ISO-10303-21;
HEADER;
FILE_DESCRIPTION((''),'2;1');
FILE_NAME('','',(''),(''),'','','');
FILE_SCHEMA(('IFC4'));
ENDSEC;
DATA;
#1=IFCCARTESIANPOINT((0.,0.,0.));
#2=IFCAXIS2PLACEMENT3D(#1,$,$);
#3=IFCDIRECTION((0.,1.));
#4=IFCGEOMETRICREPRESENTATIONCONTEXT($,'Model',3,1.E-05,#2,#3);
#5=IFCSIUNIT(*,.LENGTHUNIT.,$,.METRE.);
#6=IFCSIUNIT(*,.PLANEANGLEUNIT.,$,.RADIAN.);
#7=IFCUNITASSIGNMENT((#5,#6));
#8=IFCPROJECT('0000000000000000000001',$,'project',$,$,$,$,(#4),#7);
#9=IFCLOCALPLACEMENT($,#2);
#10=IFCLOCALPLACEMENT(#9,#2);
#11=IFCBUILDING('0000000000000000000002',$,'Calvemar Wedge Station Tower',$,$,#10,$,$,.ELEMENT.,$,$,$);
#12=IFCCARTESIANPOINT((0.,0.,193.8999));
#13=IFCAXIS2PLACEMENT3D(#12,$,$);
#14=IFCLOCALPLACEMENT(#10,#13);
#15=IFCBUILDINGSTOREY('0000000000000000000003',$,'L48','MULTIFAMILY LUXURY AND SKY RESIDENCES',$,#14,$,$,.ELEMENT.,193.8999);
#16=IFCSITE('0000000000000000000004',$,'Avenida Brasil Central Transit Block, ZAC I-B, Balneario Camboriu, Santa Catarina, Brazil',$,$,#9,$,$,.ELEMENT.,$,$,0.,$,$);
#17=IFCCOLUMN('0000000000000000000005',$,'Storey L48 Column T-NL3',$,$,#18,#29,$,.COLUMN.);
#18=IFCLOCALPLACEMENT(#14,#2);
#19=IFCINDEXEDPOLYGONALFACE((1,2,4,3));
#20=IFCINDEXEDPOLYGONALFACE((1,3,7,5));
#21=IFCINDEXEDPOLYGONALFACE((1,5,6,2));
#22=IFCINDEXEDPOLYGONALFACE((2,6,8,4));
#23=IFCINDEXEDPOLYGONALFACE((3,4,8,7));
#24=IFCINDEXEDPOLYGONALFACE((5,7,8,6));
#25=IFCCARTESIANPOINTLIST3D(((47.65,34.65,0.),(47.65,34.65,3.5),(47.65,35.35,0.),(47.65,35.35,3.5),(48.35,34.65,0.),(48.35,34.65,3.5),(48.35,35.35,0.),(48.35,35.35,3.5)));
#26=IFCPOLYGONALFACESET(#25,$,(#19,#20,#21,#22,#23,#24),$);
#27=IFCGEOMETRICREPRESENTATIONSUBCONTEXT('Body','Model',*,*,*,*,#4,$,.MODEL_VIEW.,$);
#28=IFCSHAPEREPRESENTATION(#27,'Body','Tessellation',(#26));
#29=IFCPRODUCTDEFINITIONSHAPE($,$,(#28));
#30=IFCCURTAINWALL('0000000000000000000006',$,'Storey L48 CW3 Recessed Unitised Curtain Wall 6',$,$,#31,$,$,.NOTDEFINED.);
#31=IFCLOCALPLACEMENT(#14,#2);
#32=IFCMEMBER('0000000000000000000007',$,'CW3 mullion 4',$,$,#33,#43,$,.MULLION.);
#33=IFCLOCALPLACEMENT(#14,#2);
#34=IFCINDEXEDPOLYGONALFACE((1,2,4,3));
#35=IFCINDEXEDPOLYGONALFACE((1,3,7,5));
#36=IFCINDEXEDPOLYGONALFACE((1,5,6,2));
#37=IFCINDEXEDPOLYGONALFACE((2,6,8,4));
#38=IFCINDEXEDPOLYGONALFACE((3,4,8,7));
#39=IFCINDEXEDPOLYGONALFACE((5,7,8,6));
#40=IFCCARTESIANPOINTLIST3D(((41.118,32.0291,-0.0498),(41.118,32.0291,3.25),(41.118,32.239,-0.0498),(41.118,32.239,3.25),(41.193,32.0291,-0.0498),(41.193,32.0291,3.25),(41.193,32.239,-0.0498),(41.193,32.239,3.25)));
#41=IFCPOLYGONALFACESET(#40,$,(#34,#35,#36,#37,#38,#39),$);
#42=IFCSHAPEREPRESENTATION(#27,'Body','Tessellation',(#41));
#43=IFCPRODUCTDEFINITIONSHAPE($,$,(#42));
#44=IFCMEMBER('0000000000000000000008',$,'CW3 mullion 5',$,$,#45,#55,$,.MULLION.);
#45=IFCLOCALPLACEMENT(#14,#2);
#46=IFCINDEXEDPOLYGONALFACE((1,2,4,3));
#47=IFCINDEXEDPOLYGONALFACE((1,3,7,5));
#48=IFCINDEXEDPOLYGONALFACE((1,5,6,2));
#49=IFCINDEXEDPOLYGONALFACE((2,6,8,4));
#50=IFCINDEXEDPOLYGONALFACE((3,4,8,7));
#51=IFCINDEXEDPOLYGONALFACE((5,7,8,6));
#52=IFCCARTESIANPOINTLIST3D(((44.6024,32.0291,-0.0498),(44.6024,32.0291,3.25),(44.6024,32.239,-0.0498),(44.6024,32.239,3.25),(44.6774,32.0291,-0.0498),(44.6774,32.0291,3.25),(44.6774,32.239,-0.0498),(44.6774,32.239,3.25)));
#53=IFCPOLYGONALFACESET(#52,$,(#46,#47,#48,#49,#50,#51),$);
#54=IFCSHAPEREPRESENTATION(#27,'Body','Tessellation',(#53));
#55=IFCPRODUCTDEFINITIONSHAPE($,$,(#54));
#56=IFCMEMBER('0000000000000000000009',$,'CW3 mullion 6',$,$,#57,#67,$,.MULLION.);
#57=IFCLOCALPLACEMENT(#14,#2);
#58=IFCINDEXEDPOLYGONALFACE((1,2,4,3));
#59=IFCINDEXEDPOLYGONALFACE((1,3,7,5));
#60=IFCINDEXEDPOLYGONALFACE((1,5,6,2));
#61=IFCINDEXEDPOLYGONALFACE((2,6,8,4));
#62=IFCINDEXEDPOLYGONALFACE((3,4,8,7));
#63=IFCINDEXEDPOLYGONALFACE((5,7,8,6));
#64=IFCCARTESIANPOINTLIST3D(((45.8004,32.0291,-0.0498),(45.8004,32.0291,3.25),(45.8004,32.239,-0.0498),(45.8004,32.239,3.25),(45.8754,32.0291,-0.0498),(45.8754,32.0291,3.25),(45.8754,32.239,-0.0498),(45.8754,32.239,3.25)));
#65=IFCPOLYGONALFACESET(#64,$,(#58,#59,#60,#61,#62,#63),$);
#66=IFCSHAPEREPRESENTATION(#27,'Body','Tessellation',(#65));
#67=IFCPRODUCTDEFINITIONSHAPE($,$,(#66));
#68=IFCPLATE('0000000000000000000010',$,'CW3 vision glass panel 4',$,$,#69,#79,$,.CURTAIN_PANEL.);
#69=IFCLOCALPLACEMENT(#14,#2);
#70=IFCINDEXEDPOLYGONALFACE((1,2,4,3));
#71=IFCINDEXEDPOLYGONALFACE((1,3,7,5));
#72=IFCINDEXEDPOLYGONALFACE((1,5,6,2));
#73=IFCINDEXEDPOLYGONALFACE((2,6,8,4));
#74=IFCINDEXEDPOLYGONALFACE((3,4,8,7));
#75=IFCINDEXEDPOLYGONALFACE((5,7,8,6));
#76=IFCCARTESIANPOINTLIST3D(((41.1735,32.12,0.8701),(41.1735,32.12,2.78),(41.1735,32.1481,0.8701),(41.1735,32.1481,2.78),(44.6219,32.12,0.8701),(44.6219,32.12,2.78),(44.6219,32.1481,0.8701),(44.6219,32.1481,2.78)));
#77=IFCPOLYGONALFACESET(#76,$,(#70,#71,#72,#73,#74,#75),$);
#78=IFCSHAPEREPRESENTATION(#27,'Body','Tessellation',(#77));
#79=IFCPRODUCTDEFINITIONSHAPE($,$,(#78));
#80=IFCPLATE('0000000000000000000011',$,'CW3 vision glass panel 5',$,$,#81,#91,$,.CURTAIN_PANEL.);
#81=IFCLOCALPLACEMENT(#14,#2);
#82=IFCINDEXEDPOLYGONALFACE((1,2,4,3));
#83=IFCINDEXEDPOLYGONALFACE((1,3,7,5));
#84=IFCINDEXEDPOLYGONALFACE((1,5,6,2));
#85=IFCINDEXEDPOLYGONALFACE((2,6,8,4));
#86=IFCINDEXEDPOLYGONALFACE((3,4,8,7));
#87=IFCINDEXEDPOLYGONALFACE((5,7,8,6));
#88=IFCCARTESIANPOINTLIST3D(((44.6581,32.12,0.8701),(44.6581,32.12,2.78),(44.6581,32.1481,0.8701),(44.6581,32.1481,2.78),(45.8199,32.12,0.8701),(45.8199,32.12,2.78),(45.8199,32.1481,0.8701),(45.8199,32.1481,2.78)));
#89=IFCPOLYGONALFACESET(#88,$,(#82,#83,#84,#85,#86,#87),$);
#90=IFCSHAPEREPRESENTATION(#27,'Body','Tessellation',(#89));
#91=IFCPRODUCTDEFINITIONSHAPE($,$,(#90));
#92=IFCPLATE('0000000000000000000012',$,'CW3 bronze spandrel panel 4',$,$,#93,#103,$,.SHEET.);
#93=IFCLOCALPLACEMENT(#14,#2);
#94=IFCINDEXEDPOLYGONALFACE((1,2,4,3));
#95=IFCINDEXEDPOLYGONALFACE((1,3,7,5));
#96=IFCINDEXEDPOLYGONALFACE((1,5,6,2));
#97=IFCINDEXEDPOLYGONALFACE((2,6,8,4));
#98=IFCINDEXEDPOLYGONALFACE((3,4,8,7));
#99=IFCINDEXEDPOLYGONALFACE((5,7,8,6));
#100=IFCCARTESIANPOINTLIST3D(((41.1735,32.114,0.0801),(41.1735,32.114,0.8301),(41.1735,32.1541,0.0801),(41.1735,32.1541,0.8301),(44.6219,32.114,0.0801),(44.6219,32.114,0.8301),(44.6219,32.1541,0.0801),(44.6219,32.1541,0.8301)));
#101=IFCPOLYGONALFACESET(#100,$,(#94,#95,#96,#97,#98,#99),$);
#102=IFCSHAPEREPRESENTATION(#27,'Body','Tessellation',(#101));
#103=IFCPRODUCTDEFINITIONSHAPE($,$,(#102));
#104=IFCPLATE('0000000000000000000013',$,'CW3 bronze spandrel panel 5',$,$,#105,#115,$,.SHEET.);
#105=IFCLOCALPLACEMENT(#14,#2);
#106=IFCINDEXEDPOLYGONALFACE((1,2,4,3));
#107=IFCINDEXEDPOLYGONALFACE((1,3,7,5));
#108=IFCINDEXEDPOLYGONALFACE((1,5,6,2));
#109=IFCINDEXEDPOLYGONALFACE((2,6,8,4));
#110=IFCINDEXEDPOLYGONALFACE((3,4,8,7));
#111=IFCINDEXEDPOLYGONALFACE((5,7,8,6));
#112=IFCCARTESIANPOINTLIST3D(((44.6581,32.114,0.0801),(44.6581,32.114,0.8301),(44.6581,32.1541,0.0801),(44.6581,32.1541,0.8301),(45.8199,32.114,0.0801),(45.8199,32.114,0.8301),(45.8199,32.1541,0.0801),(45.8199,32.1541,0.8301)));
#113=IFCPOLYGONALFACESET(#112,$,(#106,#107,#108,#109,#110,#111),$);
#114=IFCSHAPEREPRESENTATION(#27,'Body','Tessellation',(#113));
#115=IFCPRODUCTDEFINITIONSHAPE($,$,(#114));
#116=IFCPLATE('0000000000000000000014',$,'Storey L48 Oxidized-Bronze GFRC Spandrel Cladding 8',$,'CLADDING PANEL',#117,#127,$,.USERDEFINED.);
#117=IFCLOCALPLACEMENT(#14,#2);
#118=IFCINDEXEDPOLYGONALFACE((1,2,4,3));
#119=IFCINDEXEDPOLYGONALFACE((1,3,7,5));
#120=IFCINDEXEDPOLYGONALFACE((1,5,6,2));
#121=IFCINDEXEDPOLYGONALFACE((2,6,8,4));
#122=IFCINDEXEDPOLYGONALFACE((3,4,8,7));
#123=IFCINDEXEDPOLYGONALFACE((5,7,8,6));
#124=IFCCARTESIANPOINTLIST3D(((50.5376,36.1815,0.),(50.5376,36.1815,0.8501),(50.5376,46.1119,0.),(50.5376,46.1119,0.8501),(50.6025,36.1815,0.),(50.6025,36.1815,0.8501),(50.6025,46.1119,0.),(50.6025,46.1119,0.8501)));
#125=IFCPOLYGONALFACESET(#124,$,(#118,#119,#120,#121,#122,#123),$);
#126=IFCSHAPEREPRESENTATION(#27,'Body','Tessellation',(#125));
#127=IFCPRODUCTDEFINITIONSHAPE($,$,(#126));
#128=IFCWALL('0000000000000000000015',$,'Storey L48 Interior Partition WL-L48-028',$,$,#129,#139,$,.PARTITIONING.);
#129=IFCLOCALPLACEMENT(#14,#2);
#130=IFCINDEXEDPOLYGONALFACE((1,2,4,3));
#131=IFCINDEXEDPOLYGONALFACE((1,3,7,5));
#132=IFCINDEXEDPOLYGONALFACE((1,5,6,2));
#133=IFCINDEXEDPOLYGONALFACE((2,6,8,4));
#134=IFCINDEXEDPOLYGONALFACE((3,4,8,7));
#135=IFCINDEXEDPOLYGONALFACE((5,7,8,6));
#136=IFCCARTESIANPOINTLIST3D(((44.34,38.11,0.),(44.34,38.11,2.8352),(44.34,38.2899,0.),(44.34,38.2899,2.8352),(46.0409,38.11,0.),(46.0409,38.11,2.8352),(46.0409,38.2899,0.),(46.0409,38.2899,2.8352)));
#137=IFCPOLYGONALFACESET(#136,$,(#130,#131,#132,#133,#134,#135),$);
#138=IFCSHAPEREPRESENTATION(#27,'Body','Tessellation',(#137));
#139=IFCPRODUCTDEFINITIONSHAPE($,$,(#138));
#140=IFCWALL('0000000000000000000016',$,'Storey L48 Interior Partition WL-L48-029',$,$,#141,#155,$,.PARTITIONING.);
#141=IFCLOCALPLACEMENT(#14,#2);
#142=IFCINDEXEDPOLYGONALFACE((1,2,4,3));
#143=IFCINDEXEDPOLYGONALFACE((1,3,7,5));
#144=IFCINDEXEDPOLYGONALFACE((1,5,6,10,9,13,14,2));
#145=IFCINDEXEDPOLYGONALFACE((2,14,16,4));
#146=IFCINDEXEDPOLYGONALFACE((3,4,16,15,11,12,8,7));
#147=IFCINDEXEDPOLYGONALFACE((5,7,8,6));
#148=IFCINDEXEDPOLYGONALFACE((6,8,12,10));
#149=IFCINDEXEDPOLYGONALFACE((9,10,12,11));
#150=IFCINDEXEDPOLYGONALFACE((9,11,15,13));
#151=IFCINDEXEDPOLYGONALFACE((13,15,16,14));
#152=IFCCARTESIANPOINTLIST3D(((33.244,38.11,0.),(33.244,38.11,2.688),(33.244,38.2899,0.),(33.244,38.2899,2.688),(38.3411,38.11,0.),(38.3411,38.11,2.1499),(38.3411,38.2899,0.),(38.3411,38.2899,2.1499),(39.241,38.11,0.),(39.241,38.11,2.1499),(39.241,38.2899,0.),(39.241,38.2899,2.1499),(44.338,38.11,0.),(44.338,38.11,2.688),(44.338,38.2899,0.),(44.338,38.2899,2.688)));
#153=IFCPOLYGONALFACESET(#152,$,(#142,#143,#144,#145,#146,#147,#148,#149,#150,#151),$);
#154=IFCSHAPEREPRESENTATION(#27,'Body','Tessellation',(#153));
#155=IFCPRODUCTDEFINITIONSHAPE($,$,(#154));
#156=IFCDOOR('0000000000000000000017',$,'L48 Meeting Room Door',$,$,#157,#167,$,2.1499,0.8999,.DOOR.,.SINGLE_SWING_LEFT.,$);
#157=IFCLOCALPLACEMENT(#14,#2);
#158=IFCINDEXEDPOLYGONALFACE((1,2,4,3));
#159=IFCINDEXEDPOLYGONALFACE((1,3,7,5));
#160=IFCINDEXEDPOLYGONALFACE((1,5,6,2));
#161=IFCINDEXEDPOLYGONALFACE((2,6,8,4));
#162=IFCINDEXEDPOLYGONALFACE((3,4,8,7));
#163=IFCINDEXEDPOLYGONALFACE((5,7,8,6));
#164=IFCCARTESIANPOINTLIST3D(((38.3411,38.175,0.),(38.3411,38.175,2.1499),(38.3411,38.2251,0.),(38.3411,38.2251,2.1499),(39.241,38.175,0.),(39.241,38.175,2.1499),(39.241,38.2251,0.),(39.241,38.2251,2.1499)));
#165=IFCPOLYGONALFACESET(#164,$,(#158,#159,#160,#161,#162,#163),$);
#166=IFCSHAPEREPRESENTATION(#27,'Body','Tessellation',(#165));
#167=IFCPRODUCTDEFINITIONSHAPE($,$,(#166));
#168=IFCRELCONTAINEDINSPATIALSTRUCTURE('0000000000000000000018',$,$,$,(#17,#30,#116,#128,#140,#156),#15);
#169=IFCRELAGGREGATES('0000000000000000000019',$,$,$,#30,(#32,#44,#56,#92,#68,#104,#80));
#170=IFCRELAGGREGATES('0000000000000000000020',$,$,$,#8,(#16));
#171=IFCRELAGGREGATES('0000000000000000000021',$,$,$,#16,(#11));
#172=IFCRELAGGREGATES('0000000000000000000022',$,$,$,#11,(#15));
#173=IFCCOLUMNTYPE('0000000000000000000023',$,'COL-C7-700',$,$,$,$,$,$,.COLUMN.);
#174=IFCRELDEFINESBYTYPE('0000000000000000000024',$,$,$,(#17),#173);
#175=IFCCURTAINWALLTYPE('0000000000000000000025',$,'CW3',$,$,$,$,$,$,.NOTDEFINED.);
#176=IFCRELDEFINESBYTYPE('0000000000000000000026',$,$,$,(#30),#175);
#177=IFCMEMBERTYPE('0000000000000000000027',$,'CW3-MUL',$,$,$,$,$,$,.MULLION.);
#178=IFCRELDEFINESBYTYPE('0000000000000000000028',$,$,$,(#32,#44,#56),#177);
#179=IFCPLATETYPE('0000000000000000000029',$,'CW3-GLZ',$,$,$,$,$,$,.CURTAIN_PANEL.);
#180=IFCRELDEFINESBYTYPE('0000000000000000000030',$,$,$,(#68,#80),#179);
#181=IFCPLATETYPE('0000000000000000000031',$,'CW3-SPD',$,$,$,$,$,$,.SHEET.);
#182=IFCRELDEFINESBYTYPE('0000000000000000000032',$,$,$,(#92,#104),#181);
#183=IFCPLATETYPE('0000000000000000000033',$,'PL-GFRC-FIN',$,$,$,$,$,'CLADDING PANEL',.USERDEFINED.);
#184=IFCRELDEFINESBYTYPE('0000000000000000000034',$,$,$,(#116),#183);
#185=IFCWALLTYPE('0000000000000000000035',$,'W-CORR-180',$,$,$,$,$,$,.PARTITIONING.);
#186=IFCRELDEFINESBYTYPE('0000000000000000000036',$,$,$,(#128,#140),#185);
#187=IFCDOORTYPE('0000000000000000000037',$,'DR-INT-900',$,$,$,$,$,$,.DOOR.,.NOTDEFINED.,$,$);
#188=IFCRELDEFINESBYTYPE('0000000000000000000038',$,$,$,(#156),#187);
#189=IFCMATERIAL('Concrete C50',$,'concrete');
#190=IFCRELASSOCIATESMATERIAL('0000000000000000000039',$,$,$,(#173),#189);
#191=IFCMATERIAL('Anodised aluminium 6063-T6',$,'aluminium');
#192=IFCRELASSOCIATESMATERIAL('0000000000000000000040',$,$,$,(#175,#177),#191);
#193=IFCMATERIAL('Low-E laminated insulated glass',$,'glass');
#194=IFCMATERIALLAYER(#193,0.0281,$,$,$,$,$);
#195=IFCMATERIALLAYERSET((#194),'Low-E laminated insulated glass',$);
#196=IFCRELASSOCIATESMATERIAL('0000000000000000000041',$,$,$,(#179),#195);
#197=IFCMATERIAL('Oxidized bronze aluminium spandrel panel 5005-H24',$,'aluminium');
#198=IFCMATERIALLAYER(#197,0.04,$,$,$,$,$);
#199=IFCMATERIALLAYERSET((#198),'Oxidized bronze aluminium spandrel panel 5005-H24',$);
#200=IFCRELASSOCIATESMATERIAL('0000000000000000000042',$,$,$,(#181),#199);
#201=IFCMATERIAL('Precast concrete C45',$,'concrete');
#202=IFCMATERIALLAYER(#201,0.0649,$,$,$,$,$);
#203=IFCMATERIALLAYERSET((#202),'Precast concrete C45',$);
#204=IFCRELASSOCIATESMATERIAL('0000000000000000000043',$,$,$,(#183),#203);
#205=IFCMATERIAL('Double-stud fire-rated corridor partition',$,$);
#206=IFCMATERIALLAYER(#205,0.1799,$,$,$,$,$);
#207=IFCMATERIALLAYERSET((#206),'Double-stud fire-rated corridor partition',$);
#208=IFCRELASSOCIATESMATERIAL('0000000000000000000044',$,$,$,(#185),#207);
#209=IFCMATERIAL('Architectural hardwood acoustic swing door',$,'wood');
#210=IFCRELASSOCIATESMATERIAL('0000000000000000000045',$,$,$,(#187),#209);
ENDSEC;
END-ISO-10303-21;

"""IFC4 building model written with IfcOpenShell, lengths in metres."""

from ifc_helpers import new_model, si_unit, direction, frame, frame_2d, origin, origin_2d, place, context, subcontext, project, spatial, rectangle, extrude, source, transform, mapped, material, layer, layer_set, material_profile, profile_set, type_object, element, fill, aggregate, save


model = new_model("IFC4")

# Units and contexts
model_context = context("Model", 3, precision=1e-05, world=origin(), true_north=direction((0.0, 1.0)))
body_context = subcontext(model_context, "Body", "Model", "MODEL_VIEW")
ifc_project = project(units=[si_unit("LENGTHUNIT", "METRE"), si_unit("PLANEANGLEUNIT", "RADIAN")], contexts=[model_context])

# Site, building, storey
site_placement = place(None, origin())
site = spatial("IfcSite", under=ifc_project, at=site_placement, Name="Avenida Brasil Central Transit Block, ZAC I-B, Balneario Camboriu, Santa Catarina, Brazil", CompositionType="ELEMENT", RefElevation=0.0)
building_placement = place(site_placement, origin())
building = spatial("IfcBuilding", under=site, at=building_placement, Name="Calvemar Wedge Station Tower", CompositionType="ELEMENT")
storey_placement = place(building_placement, frame((0.0, 0.0, 193.8999)))
storey = spatial("IfcBuildingStorey", under=building, at=storey_placement, Name="L48", Description="MULTIFAMILY LUXURY AND SKY RESIDENCES", CompositionType="ELEMENT", Elevation=193.8999)

# Column
ifc_material_1 = material(Name="Concrete C50", Category="concrete")
ifc_material_profile_1 = material_profile(ifc_material_1, rectangle(XDim=0.7, YDim=0.7, at=origin_2d()), Name="RC700x700")
ifc_profile_set_1 = profile_set([ifc_material_profile_1], Name="Concrete C50")
column_type = type_object("IfcColumnType", Name="COL-C7-700", PredefinedType="COLUMN", material=ifc_profile_set_1)
shared_shape_1 = source(origin(), body_context, "Body", "SweptSolid", [
    extrude(rectangle(XDim=0.7, YDim=0.7, at=origin_2d()), origin(), (0.0, 0.0, 1.0), 3.5),
])
column_placement = place(storey_placement, frame((48.0, 35.0, 0.0), z_axis=(0.0, 0.0, 1.0), x_axis=(1.0, 0.0, 0.0)))
element("IfcColumn", 1, at=column_placement, inside=storey, type_object=column_type, Name="Storey L48 Column T-NL3", PredefinedType="COLUMN", context=body_context, shape_type="MappedRepresentation", body=[
    mapped(shared_shape_1, transform((0.0, 0.0, 0.0), scale=1.0)),
])

# Curtain wall, members, plates
ifc_material_2 = material(Name="Anodised aluminium 6063-T6", Category="aluminium")
curtain_wall_type = type_object("IfcCurtainWallType", Name="CW3", PredefinedType="NOTDEFINED", material=ifc_material_2)
curtain_wall_placement = place(storey_placement, origin())
curtain_wall = element("IfcCurtainWall", 2, at=curtain_wall_placement, inside=storey, type_object=curtain_wall_type, Name="Storey L48 CW3 Recessed Unitised Curtain Wall 6", PredefinedType="NOTDEFINED")
ifc_material_profile_2 = material_profile(ifc_material_2, rectangle(XDim=0.075, YDim=0.21, at=origin_2d()), Name="AL-MUL-75x210")
ifc_profile_set_2 = profile_set([ifc_material_profile_2], Name="Anodised aluminium 6063-T6")
member_type = type_object("IfcMemberType", Name="CW3-MUL", PredefinedType="MULLION", material=ifc_profile_set_2)
shared_shape_2 = source(origin(), body_context, "Body", "SweptSolid", [
    extrude(rectangle(XDim=0.075, YDim=0.21, at=origin_2d()), origin(), (0.0, 0.0, 1.0), 3.2998),
])
member_1_placement = place(storey_placement, frame((41.1555, 32.134, -0.0498), z_axis=(0.0, 0.0, 1.0), x_axis=(1.0, 0.0, 0.0)))
member_1 = element("IfcMember", 3, at=member_1_placement, type_object=member_type, Name="CW3 mullion 4", PredefinedType="MULLION", context=body_context, shape_type="MappedRepresentation", body=[
    mapped(shared_shape_2, transform((0.0, 0.0, 0.0), scale=1.0)),
])
member_2_placement = place(storey_placement, frame((44.6399, 32.134, -0.0498), z_axis=(0.0, 0.0, 1.0), x_axis=(1.0, 0.0, 0.0)))
member_2 = element("IfcMember", 4, at=member_2_placement, type_object=member_type, Name="CW3 mullion 5", PredefinedType="MULLION", context=body_context, shape_type="MappedRepresentation", body=[
    mapped(shared_shape_2, transform((0.0, 0.0, 0.0), scale=1.0)),
])
member_3_placement = place(storey_placement, frame((45.8379, 32.134, -0.0498), z_axis=(0.0, 0.0, 1.0), x_axis=(1.0, 0.0, 0.0)))
member_3 = element("IfcMember", 5, at=member_3_placement, type_object=member_type, Name="CW3 mullion 6", PredefinedType="MULLION", context=body_context, shape_type="MappedRepresentation", body=[
    mapped(shared_shape_2, transform((0.0, 0.0, 0.0), scale=1.0)),
])
ifc_material_3 = material(Name="Low-E laminated insulated glass", Category="glass")
ifc_layer_1 = layer(ifc_material_3, 0.0281)
ifc_layer_set_1 = layer_set([ifc_layer_1], Name="Low-E laminated insulated glass")
plate_type_1 = type_object("IfcPlateType", Name="CW3-GLZ", PredefinedType="CURTAIN_PANEL", material=ifc_layer_set_1)
plate_1_placement = place(storey_placement, frame((41.1736, 32.134, 0.8701), z_axis=(0.0, 0.0, 1.0), x_axis=(1.0, 0.0, 0.0)))
plate_1 = element("IfcPlate", 6, at=plate_1_placement, type_object=plate_type_1, Name="CW3 vision glass panel 4", PredefinedType="CURTAIN_PANEL", context=body_context, shape_type="SweptSolid", body=[
    extrude(rectangle(XDim=3.4485, YDim=0.0281, at=frame_2d((1.7241, 0.0))), origin(), (0.0, 0.0, 1.0), 1.9099),
])
plate_2_placement = place(storey_placement, frame((44.658, 32.134, 0.8701), z_axis=(0.0, 0.0, 1.0), x_axis=(1.0, 0.0, 0.0)))
plate_2 = element("IfcPlate", 7, at=plate_2_placement, type_object=plate_type_1, Name="CW3 vision glass panel 5", PredefinedType="CURTAIN_PANEL", context=body_context, shape_type="SweptSolid", body=[
    extrude(rectangle(XDim=1.1619, YDim=0.0281, at=frame_2d((0.5811, 0.0))), origin(), (0.0, 0.0, 1.0), 1.9099),
])
ifc_material_4 = material(Name="Oxidized bronze aluminium spandrel panel 5005-H24", Category="aluminium")
ifc_layer_2 = layer(ifc_material_4, 0.04)
ifc_layer_set_2 = layer_set([ifc_layer_2], Name="Oxidized bronze aluminium spandrel panel 5005-H24")
plate_type_2 = type_object("IfcPlateType", Name="CW3-SPD", PredefinedType="SHEET", material=ifc_layer_set_2)
plate_3_placement = place(storey_placement, frame((41.1736, 32.134, 0.0801), z_axis=(0.0, 0.0, 1.0), x_axis=(1.0, 0.0, 0.0)))
plate_3 = element("IfcPlate", 8, at=plate_3_placement, type_object=plate_type_2, Name="CW3 bronze spandrel panel 4", PredefinedType="SHEET", context=body_context, shape_type="SweptSolid", body=[
    extrude(rectangle(XDim=3.4485, YDim=0.04, at=frame_2d((1.7241, 0.0))), origin(), (0.0, 0.0, 1.0), 0.75),
])
plate_4_placement = place(storey_placement, frame((44.658, 32.134, 0.0801), z_axis=(0.0, 0.0, 1.0), x_axis=(1.0, 0.0, 0.0)))
plate_4 = element("IfcPlate", 9, at=plate_4_placement, type_object=plate_type_2, Name="CW3 bronze spandrel panel 5", PredefinedType="SHEET", context=body_context, shape_type="SweptSolid", body=[
    extrude(rectangle(XDim=1.1619, YDim=0.04, at=frame_2d((0.5811, 0.0))), origin(), (0.0, 0.0, 1.0), 0.75),
])
aggregate(curtain_wall, [member_1, member_2, member_3, plate_3, plate_1, plate_4, plate_2])

# Plate
ifc_material_5 = material(Name="Precast concrete C45", Category="concrete")
ifc_layer_3 = layer(ifc_material_5, 0.0649)
ifc_layer_set_3 = layer_set([ifc_layer_3], Name="Precast concrete C45")
plate_type_3 = type_object("IfcPlateType", Name="PL-GFRC-FIN", ElementType="CLADDING PANEL", PredefinedType="USERDEFINED", material=ifc_layer_set_3)
plate_5_placement = place(storey_placement, frame((50.5701, 36.1814, 0.0), z_axis=(0.0, 0.0, 1.0), x_axis=(0.0, 1.0, 0.0)))
element("IfcPlate", 10, at=plate_5_placement, inside=storey, type_object=plate_type_3, Name="Storey L48 Oxidized-Bronze GFRC Spandrel Cladding 8", ObjectType="CLADDING PANEL", PredefinedType="USERDEFINED", context=body_context, shape_type="SweptSolid", body=[
    extrude(rectangle(XDim=9.9304, YDim=0.0649, at=frame_2d((4.9653, 0.0))), origin(), (0.0, 0.0, 1.0), 0.8501),
])

# Wall
ifc_material_6 = material(Name="Double-stud fire-rated corridor partition")
ifc_layer_4 = layer(ifc_material_6, 0.1799)
ifc_layer_set_4 = layer_set([ifc_layer_4], Name="Double-stud fire-rated corridor partition")
wall_type_1 = type_object("IfcWallType", Name="W-CORR-180", PredefinedType="PARTITIONING", material=ifc_layer_set_4)
wall_1_placement = place(storey_placement, frame((46.041, 38.2, 0.0), z_axis=(0.0, 0.0, 1.0), x_axis=(-1.0, 0.0, 0.0)))
element("IfcWall", 11, at=wall_1_placement, inside=storey, type_object=wall_type_1, Name="Storey L48 Interior Partition WL-L48-028", PredefinedType="PARTITIONING", context=body_context, shape_type="SweptSolid", body=[
    extrude(rectangle(XDim=1.7009, YDim=0.1799, at=frame_2d((0.8506, 0.0))), origin(), (0.0, 0.0, 1.0), 2.8352),
])

# Wall, opening, door
wall_2_placement = place(storey_placement, frame((44.3379, 38.2, 0.0), z_axis=(0.0, 0.0, 1.0), x_axis=(-1.0, 0.0, 0.0)))
wall_2 = element("IfcWall", 12, at=wall_2_placement, inside=storey, type_object=wall_type_1, Name="Storey L48 Interior Partition WL-L48-029", PredefinedType="PARTITIONING", context=body_context, shape_type="SweptSolid", body=[
    extrude(rectangle(XDim=11.094, YDim=0.1799, at=frame_2d((5.5469, 0.0))), origin(), (0.0, 0.0, 1.0), 2.688),
])
shared_shape_3 = source(origin(), body_context, "Body", "SweptSolid", [
    extrude(rectangle(XDim=0.8999, YDim=2.1499, at=frame_2d((0.45, 1.075))), frame((0.0, 0.1001, 0.0), z_axis=(0.0, -1.0, 0.0), x_axis=(1.0, 0.0, 0.0)), (0.0, 0.0, 1.0), 0.2),
])
opening_1_placement = place(wall_2_placement, frame((5.0969, 0.0, 0.0)))
opening_1 = element("IfcOpeningElement", 13, at=opening_1_placement, cuts=wall_2, PredefinedType="OPENING", context=body_context, shape_type="MappedRepresentation", body=[
    mapped(shared_shape_3, transform((0.0, 0.0, 0.0), scale=1.0)),
])
ifc_material_7 = material(Name="Architectural hardwood acoustic swing door", Category="wood")
door_type = type_object("IfcDoorType", Name="DR-INT-900", OperationType="NOTDEFINED", PredefinedType="DOOR", material=ifc_material_7)
shared_shape_4 = source(origin(), body_context, "Body", "SweptSolid", [
    extrude(rectangle(XDim=0.8999, YDim=2.1499, at=frame_2d((0.45, 1.075))), frame((0.0, 0.0249, 0.0), z_axis=(0.0, -1.0, 0.0), x_axis=(1.0, 0.0, 0.0)), (0.0, 0.0, 1.0), 0.05),
])
door_placement = place(opening_1_placement, origin())
door = element("IfcDoor", 14, at=door_placement, inside=storey, type_object=door_type, Name="L48 Meeting Room Door", OperationType="SINGLE_SWING_LEFT", OverallHeight=2.1499, OverallWidth=0.8999, PredefinedType="DOOR", context=body_context, shape_type="MappedRepresentation", body=[
    mapped(shared_shape_4, transform((0.0, 0.0, 0.0), scale=1.0)),
])
fill(opening_1, door)

save(model, "model.ifc")
